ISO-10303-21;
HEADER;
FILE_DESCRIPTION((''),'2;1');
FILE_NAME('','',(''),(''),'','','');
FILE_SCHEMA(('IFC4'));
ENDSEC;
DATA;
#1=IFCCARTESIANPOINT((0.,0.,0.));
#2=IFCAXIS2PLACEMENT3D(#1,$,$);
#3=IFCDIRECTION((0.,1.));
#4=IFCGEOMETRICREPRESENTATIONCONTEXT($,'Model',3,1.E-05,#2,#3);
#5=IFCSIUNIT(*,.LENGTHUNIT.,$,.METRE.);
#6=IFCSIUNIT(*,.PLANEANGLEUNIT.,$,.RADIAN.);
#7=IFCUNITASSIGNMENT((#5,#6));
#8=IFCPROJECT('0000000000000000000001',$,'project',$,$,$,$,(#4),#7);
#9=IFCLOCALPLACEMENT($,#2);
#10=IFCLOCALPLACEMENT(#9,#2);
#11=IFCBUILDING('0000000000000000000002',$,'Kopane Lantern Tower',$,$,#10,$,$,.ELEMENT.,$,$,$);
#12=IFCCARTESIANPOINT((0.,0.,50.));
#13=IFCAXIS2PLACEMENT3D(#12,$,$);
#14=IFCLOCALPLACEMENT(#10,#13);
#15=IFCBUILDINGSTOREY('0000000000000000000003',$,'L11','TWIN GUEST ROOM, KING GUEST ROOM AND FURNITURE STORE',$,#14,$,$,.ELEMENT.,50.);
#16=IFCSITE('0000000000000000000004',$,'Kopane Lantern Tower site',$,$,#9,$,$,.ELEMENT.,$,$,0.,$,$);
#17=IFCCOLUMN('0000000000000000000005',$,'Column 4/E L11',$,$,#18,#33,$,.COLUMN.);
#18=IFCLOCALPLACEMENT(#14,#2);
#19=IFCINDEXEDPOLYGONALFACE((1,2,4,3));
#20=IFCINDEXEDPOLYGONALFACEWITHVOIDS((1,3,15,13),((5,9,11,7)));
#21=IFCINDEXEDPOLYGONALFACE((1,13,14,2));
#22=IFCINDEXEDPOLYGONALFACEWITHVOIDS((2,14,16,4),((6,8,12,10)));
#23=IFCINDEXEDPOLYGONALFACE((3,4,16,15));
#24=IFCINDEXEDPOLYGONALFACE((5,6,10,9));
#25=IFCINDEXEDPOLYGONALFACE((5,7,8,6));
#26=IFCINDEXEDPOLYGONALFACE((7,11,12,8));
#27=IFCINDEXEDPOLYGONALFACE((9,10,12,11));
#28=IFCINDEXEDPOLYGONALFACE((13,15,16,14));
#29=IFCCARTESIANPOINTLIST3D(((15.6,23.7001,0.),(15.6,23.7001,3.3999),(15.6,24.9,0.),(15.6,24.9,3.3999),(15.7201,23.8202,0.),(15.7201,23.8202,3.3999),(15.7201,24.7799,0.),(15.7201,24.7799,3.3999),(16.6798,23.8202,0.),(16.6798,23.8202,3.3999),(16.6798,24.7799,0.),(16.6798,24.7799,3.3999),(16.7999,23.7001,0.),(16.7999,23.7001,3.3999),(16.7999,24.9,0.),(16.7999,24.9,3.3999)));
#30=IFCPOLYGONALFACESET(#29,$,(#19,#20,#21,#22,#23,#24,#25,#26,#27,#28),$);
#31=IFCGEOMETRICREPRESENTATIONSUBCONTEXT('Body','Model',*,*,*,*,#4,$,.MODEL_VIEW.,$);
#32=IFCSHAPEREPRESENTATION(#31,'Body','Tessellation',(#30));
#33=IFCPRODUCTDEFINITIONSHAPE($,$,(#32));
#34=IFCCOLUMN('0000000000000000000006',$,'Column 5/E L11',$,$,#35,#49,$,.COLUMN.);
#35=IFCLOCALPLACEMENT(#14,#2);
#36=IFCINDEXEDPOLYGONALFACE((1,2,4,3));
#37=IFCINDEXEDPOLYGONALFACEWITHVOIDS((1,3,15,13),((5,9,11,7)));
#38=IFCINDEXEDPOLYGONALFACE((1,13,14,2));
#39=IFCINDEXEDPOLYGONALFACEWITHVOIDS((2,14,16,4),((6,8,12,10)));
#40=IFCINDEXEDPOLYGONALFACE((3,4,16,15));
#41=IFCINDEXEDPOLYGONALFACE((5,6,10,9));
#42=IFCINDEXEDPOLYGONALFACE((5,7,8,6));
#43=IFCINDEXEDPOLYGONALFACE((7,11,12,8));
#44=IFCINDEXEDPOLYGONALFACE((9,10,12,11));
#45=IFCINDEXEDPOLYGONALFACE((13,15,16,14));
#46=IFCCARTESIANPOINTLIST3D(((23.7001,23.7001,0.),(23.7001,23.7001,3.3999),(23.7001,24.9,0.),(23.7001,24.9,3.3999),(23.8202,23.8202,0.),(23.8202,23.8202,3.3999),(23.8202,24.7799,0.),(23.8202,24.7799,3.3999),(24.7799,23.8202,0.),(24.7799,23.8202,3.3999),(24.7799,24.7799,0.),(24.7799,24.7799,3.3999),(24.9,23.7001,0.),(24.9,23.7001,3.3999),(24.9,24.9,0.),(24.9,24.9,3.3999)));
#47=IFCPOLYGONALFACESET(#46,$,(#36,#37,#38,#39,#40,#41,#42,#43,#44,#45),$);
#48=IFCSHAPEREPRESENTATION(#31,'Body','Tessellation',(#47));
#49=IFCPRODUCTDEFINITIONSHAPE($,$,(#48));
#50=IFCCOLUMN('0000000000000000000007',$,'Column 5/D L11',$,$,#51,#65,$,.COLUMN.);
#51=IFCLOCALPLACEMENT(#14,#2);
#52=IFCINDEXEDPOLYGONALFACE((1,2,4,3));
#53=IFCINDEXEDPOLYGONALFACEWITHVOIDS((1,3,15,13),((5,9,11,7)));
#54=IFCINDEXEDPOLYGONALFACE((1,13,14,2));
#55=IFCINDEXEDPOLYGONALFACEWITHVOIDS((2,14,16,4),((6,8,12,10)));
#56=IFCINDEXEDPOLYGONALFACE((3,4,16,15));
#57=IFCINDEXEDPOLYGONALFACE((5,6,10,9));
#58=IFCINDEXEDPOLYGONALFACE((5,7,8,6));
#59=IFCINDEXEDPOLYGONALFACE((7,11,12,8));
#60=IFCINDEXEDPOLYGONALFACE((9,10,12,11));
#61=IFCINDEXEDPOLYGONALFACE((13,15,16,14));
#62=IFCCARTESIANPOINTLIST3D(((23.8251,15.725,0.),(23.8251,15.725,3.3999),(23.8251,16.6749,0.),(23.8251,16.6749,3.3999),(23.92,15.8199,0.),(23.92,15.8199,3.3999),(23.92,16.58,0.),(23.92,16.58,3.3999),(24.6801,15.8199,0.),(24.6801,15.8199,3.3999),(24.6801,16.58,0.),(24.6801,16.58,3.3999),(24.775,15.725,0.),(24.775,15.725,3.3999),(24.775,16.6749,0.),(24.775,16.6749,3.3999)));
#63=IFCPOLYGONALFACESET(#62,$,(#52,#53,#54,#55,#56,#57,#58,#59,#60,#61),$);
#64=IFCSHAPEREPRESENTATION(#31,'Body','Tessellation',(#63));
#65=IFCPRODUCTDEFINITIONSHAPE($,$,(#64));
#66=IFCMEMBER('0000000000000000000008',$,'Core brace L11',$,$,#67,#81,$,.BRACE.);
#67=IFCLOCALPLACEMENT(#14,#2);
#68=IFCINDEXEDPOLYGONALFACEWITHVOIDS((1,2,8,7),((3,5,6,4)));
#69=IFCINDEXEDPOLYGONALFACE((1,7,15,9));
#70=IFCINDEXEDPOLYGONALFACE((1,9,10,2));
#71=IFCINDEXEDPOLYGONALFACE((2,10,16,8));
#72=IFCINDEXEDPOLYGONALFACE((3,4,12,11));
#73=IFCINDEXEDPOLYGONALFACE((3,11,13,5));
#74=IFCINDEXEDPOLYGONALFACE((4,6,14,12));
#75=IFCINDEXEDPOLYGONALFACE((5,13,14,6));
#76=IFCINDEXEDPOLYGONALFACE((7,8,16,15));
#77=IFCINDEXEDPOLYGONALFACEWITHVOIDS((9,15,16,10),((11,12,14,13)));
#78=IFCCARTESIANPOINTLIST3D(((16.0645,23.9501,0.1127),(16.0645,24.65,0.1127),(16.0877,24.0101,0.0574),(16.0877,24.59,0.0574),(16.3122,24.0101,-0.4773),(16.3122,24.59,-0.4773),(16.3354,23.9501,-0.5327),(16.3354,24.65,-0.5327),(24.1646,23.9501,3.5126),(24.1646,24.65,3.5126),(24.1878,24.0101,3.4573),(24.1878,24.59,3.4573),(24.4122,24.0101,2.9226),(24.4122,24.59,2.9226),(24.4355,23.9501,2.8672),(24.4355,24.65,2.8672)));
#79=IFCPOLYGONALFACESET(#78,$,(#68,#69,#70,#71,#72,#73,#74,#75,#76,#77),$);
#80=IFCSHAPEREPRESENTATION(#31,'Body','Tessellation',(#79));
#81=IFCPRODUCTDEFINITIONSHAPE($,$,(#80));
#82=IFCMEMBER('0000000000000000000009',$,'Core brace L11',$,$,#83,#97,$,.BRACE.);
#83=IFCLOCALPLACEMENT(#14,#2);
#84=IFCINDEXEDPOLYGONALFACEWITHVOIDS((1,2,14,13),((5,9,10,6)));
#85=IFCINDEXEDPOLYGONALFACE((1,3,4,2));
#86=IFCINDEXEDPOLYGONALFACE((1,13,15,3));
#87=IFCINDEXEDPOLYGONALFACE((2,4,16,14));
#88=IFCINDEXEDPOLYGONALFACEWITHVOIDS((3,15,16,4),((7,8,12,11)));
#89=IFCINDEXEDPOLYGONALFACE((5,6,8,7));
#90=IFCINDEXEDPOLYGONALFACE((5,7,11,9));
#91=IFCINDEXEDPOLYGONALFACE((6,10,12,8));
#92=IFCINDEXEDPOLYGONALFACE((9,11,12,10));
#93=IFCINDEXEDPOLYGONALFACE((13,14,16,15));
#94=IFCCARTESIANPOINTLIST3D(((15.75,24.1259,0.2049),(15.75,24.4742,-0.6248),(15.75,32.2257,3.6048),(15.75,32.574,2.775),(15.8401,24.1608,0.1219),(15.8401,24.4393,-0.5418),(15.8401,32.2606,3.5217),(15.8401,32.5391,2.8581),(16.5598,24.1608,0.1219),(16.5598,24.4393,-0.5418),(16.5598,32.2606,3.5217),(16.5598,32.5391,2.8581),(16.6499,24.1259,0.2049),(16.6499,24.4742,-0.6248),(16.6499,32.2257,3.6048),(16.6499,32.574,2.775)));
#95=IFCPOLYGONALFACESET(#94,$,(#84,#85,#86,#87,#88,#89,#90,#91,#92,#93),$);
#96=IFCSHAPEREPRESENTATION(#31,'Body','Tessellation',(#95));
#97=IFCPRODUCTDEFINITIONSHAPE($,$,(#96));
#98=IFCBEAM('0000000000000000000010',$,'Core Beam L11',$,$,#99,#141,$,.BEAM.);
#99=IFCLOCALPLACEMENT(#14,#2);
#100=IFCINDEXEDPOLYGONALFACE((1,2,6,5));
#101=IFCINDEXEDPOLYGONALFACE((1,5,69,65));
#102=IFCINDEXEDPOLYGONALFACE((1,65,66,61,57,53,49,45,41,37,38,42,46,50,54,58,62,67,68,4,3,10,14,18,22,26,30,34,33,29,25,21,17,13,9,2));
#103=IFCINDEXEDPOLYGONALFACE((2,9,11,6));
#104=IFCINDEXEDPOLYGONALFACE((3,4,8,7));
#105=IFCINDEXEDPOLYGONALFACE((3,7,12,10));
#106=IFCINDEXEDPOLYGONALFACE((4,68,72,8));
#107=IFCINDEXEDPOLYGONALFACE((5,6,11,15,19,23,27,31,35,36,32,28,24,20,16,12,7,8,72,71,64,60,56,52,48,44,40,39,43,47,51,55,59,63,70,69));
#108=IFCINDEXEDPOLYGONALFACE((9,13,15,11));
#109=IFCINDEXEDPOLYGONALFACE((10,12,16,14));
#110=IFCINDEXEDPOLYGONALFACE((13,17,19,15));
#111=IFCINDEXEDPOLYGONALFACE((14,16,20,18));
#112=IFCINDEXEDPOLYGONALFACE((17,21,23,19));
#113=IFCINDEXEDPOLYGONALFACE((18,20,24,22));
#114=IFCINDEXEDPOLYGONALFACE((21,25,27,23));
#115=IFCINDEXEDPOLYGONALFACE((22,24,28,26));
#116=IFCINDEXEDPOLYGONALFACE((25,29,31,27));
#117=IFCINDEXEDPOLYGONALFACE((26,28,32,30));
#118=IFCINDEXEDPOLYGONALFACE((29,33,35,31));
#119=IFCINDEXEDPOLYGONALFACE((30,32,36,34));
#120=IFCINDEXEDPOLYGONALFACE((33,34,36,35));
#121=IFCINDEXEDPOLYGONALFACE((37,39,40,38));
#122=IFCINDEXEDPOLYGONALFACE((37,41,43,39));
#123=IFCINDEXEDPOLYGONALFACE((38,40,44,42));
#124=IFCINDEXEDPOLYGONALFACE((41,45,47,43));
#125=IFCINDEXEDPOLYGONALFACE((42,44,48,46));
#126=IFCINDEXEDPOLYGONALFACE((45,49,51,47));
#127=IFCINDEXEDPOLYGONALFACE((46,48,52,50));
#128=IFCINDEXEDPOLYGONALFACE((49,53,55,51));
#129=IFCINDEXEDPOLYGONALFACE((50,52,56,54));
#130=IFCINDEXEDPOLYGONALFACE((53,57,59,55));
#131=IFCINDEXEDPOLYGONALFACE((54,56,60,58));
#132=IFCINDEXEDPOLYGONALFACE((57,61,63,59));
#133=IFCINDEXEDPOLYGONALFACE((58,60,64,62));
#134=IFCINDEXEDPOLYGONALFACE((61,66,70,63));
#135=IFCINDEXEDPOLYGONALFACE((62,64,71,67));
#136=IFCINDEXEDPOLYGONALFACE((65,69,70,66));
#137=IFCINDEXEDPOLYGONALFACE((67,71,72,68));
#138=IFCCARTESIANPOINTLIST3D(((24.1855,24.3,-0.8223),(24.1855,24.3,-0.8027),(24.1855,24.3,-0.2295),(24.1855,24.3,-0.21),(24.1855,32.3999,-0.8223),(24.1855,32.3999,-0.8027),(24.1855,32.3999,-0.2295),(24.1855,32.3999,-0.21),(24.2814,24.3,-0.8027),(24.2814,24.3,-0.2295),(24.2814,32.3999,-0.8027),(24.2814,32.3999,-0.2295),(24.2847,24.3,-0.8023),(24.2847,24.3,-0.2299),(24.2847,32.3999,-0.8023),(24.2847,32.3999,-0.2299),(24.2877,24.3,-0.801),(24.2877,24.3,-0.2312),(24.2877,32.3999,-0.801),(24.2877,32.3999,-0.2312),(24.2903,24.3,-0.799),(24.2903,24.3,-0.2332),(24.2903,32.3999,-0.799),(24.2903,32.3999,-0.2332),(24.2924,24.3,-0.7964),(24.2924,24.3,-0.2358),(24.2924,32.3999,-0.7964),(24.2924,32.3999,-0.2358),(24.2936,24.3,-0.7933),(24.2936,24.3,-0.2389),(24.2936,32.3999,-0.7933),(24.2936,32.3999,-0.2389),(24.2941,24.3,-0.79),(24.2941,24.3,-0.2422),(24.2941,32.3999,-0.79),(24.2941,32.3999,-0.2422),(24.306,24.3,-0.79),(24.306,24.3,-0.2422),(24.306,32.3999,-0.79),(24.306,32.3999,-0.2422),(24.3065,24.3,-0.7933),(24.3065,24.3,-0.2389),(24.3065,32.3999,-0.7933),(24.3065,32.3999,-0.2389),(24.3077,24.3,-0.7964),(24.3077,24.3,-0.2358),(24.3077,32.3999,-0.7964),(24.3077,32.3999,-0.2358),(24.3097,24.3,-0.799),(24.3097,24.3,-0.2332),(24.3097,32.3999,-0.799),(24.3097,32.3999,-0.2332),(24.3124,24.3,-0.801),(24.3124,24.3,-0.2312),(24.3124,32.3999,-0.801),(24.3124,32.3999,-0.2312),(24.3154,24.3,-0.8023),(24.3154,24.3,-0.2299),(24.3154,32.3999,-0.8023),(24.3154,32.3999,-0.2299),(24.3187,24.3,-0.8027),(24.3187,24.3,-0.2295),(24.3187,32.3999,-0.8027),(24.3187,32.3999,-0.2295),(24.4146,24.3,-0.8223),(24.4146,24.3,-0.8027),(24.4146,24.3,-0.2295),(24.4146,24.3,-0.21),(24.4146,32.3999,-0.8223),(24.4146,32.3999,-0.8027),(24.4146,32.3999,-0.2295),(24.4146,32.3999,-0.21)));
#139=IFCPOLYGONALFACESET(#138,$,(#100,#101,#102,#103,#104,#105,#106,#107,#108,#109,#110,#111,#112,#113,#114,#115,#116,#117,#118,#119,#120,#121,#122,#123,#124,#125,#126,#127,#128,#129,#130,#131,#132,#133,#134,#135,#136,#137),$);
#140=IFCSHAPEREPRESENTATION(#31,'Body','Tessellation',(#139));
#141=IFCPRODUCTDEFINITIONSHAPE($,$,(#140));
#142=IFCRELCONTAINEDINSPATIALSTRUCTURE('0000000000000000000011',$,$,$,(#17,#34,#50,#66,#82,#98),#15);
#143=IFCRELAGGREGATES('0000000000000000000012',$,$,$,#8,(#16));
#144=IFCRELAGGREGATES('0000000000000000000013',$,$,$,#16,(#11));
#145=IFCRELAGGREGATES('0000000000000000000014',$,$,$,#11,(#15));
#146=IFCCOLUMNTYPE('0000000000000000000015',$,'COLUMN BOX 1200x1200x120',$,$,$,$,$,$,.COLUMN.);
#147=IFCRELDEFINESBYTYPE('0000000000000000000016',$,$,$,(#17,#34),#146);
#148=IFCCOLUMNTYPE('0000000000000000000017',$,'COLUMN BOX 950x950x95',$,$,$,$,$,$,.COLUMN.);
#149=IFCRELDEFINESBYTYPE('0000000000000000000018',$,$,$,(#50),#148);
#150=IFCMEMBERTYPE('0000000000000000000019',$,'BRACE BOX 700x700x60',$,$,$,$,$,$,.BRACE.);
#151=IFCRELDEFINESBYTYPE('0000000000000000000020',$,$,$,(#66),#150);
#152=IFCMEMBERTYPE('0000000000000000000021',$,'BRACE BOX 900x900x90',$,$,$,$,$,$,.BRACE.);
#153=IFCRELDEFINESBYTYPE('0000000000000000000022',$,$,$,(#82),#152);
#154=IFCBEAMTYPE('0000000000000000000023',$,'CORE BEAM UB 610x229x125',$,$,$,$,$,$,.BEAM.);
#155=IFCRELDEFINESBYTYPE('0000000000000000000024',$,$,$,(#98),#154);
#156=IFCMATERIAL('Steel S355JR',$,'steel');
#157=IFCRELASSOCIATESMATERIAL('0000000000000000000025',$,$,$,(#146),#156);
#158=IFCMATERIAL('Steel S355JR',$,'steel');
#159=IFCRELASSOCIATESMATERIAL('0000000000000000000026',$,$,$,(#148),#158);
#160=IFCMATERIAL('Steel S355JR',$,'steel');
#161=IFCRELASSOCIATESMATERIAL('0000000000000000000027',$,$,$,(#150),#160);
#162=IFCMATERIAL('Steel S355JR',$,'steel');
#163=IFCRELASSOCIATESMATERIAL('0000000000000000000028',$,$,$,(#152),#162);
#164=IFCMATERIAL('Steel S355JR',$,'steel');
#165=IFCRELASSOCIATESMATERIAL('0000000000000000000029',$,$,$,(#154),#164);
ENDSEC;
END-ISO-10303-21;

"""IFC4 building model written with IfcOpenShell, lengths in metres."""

from ifc_helpers import new_model, si_unit, direction, frame, origin, origin_2d, place, context, subcontext, project, spatial, hollow_rectangle, i_section, extrude, material, material_profile, profile_set, type_object, element, save


model = new_model("IFC4")

# Units and contexts
model_context = context("Model", 3, precision=1e-05, world=origin(), true_north=direction((0.0, 1.0)))
body_context = subcontext(model_context, "Body", "Model", "MODEL_VIEW")
ifc_project = project(units=[si_unit("LENGTHUNIT", "METRE"), si_unit("PLANEANGLEUNIT", "RADIAN")], contexts=[model_context])

# Site, building, storey
site_placement = place(None, origin())
site = spatial("IfcSite", under=ifc_project, at=site_placement, Name="Kopane Lantern Tower site", CompositionType="ELEMENT", RefElevation=0.0)
building_placement = place(site_placement, origin())
building = spatial("IfcBuilding", under=site, at=building_placement, Name="Kopane Lantern Tower", CompositionType="ELEMENT")
storey_placement = place(building_placement, frame((0.0, 0.0, 50.0)))
storey = spatial("IfcBuildingStorey", under=building, at=storey_placement, Name="L11", Description="TWIN GUEST ROOM, KING GUEST ROOM AND FURNITURE STORE", CompositionType="ELEMENT", Elevation=50.0)

# Columns
ifc_material_1 = material(Name="Steel S355JR", Category="steel")
ifc_material_profile_1 = material_profile(ifc_material_1, hollow_rectangle(XDim=1.2, YDim=1.2, WallThickness=0.1201, at=origin_2d()), Name="BOX 1200x1200x120")
ifc_profile_set_1 = profile_set([ifc_material_profile_1], Name="Steel S355JR")
column_type_1 = type_object("IfcColumnType", Name="COLUMN BOX 1200x1200x120", PredefinedType="COLUMN", material=ifc_profile_set_1)
for number, where, z_axis, x_axis, name in (
    (1, (16.2, 24.3, 0.0), (0.0, 0.0, 1.0), (1.0, 0.0, 0.0), "Column 4/E L11"),
    (2, (24.3, 24.3, 0.0), (0.0, 0.0, 1.0), (1.0, 0.0, 0.0), "Column 5/E L11"),
):
    element("IfcColumn", number, at=place(storey_placement, frame(where, z_axis=z_axis, x_axis=x_axis)), inside=storey, type_object=column_type_1, Name=name, PredefinedType="COLUMN", context=body_context, shape_type="SweptSolid", body=[
        extrude(hollow_rectangle(XDim=1.2, YDim=1.2, WallThickness=0.1201, at=origin_2d()), origin(), (0.0, 0.0, 1.0), 3.3999),
    ])
ifc_material_2 = material(Name="Steel S355JR", Category="steel")
ifc_material_profile_2 = material_profile(ifc_material_2, hollow_rectangle(XDim=0.95, YDim=0.95, WallThickness=0.095, at=origin_2d()), Name="BOX 950x950x95")
ifc_profile_set_2 = profile_set([ifc_material_profile_2], Name="Steel S355JR")
column_type_2 = type_object("IfcColumnType", Name="COLUMN BOX 950x950x95", PredefinedType="COLUMN", material=ifc_profile_set_2)
column_placement = place(storey_placement, frame((24.3, 16.2, 0.0), z_axis=(0.0, 0.0, 1.0), x_axis=(1.0, 0.0, 0.0)))
element("IfcColumn", 3, at=column_placement, inside=storey, type_object=column_type_2, Name="Column 5/D L11", PredefinedType="COLUMN", context=body_context, shape_type="SweptSolid", body=[
    extrude(hollow_rectangle(XDim=0.95, YDim=0.95, WallThickness=0.095, at=origin_2d()), origin(), (0.0, 0.0, 1.0), 3.3999),
])

# Members
ifc_material_3 = material(Name="Steel S355JR", Category="steel")
ifc_material_profile_3 = material_profile(ifc_material_3, hollow_rectangle(XDim=0.7, YDim=0.7, WallThickness=0.0601, at=origin_2d()), Name="BOX 700x700x60")
ifc_profile_set_3 = profile_set([ifc_material_profile_3], Name="Steel S355JR")
member_type_1 = type_object("IfcMemberType", Name="BRACE BOX 700x700x60", PredefinedType="BRACE", material=ifc_profile_set_3)
member_1_placement = place(storey_placement, frame((16.2, 24.3, -0.21), z_axis=(0.922069, 0.0, 0.387026), x_axis=(0.0, 1.0, 0.0)))
element("IfcMember", 4, at=member_1_placement, inside=storey, type_object=member_type_1, Name="Core brace L11", PredefinedType="BRACE", context=body_context, shape_type="SweptSolid", body=[
    extrude(hollow_rectangle(XDim=0.7, YDim=0.7, WallThickness=0.0601, at=origin_2d()), origin(), (0.0, 0.0, 1.0), 8.7847),
])
ifc_material_4 = material(Name="Steel S355JR", Category="steel")
ifc_material_profile_4 = material_profile(ifc_material_4, hollow_rectangle(XDim=0.8999, YDim=0.8999, WallThickness=0.0901, at=origin_2d()), Name="BOX 900x900x90")
ifc_profile_set_4 = profile_set([ifc_material_profile_4], Name="Steel S355JR")
member_type_2 = type_object("IfcMemberType", Name="BRACE BOX 900x900x90", PredefinedType="BRACE", material=ifc_profile_set_4)
member_2_placement = place(storey_placement, frame((16.2, 24.3, -0.21), z_axis=(0.0, 0.922065, 0.387035), x_axis=(-1.0, 0.0, 0.0)))
element("IfcMember", 5, at=member_2_placement, inside=storey, type_object=member_type_2, Name="Core brace L11", PredefinedType="BRACE", context=body_context, shape_type="SweptSolid", body=[
    extrude(hollow_rectangle(XDim=0.8999, YDim=0.8999, WallThickness=0.0901, at=origin_2d()), origin(), (0.0, 0.0, 1.0), 8.7844),
])

# Beam
ifc_material_5 = material(Name="Steel S355JR", Category="steel")
ifc_material_profile_5 = material_profile(ifc_material_5, i_section(OverallWidth=0.229, OverallDepth=0.6123, WebThickness=0.012, FlangeThickness=0.0195, FilletRadius=0.0127, at=origin_2d()), Name="UB 610x229x125")
ifc_profile_set_5 = profile_set([ifc_material_profile_5], Name="Steel S355JR")
beam_type_1 = type_object("IfcBeamType", Name="CORE BEAM UB 610x229x125", PredefinedType="BEAM", material=ifc_profile_set_5)
beam_1_placement = place(storey_placement, frame((24.3, 24.3, -0.5161), z_axis=(0.0, 1.0, 0.0), x_axis=(-1.0, 0.0, 0.0)))
element("IfcBeam", 6, at=beam_1_placement, inside=storey, type_object=beam_type_1, Name="Core Beam L11", PredefinedType="BEAM", context=body_context, shape_type="SweptSolid", body=[
    extrude(i_section(OverallWidth=0.229, OverallDepth=0.6123, WebThickness=0.012, FlangeThickness=0.0195, FilletRadius=0.0127, at=origin_2d()), origin(), (0.0, 0.0, 1.0), 8.0999),
])

save(model, "model.ifc")
